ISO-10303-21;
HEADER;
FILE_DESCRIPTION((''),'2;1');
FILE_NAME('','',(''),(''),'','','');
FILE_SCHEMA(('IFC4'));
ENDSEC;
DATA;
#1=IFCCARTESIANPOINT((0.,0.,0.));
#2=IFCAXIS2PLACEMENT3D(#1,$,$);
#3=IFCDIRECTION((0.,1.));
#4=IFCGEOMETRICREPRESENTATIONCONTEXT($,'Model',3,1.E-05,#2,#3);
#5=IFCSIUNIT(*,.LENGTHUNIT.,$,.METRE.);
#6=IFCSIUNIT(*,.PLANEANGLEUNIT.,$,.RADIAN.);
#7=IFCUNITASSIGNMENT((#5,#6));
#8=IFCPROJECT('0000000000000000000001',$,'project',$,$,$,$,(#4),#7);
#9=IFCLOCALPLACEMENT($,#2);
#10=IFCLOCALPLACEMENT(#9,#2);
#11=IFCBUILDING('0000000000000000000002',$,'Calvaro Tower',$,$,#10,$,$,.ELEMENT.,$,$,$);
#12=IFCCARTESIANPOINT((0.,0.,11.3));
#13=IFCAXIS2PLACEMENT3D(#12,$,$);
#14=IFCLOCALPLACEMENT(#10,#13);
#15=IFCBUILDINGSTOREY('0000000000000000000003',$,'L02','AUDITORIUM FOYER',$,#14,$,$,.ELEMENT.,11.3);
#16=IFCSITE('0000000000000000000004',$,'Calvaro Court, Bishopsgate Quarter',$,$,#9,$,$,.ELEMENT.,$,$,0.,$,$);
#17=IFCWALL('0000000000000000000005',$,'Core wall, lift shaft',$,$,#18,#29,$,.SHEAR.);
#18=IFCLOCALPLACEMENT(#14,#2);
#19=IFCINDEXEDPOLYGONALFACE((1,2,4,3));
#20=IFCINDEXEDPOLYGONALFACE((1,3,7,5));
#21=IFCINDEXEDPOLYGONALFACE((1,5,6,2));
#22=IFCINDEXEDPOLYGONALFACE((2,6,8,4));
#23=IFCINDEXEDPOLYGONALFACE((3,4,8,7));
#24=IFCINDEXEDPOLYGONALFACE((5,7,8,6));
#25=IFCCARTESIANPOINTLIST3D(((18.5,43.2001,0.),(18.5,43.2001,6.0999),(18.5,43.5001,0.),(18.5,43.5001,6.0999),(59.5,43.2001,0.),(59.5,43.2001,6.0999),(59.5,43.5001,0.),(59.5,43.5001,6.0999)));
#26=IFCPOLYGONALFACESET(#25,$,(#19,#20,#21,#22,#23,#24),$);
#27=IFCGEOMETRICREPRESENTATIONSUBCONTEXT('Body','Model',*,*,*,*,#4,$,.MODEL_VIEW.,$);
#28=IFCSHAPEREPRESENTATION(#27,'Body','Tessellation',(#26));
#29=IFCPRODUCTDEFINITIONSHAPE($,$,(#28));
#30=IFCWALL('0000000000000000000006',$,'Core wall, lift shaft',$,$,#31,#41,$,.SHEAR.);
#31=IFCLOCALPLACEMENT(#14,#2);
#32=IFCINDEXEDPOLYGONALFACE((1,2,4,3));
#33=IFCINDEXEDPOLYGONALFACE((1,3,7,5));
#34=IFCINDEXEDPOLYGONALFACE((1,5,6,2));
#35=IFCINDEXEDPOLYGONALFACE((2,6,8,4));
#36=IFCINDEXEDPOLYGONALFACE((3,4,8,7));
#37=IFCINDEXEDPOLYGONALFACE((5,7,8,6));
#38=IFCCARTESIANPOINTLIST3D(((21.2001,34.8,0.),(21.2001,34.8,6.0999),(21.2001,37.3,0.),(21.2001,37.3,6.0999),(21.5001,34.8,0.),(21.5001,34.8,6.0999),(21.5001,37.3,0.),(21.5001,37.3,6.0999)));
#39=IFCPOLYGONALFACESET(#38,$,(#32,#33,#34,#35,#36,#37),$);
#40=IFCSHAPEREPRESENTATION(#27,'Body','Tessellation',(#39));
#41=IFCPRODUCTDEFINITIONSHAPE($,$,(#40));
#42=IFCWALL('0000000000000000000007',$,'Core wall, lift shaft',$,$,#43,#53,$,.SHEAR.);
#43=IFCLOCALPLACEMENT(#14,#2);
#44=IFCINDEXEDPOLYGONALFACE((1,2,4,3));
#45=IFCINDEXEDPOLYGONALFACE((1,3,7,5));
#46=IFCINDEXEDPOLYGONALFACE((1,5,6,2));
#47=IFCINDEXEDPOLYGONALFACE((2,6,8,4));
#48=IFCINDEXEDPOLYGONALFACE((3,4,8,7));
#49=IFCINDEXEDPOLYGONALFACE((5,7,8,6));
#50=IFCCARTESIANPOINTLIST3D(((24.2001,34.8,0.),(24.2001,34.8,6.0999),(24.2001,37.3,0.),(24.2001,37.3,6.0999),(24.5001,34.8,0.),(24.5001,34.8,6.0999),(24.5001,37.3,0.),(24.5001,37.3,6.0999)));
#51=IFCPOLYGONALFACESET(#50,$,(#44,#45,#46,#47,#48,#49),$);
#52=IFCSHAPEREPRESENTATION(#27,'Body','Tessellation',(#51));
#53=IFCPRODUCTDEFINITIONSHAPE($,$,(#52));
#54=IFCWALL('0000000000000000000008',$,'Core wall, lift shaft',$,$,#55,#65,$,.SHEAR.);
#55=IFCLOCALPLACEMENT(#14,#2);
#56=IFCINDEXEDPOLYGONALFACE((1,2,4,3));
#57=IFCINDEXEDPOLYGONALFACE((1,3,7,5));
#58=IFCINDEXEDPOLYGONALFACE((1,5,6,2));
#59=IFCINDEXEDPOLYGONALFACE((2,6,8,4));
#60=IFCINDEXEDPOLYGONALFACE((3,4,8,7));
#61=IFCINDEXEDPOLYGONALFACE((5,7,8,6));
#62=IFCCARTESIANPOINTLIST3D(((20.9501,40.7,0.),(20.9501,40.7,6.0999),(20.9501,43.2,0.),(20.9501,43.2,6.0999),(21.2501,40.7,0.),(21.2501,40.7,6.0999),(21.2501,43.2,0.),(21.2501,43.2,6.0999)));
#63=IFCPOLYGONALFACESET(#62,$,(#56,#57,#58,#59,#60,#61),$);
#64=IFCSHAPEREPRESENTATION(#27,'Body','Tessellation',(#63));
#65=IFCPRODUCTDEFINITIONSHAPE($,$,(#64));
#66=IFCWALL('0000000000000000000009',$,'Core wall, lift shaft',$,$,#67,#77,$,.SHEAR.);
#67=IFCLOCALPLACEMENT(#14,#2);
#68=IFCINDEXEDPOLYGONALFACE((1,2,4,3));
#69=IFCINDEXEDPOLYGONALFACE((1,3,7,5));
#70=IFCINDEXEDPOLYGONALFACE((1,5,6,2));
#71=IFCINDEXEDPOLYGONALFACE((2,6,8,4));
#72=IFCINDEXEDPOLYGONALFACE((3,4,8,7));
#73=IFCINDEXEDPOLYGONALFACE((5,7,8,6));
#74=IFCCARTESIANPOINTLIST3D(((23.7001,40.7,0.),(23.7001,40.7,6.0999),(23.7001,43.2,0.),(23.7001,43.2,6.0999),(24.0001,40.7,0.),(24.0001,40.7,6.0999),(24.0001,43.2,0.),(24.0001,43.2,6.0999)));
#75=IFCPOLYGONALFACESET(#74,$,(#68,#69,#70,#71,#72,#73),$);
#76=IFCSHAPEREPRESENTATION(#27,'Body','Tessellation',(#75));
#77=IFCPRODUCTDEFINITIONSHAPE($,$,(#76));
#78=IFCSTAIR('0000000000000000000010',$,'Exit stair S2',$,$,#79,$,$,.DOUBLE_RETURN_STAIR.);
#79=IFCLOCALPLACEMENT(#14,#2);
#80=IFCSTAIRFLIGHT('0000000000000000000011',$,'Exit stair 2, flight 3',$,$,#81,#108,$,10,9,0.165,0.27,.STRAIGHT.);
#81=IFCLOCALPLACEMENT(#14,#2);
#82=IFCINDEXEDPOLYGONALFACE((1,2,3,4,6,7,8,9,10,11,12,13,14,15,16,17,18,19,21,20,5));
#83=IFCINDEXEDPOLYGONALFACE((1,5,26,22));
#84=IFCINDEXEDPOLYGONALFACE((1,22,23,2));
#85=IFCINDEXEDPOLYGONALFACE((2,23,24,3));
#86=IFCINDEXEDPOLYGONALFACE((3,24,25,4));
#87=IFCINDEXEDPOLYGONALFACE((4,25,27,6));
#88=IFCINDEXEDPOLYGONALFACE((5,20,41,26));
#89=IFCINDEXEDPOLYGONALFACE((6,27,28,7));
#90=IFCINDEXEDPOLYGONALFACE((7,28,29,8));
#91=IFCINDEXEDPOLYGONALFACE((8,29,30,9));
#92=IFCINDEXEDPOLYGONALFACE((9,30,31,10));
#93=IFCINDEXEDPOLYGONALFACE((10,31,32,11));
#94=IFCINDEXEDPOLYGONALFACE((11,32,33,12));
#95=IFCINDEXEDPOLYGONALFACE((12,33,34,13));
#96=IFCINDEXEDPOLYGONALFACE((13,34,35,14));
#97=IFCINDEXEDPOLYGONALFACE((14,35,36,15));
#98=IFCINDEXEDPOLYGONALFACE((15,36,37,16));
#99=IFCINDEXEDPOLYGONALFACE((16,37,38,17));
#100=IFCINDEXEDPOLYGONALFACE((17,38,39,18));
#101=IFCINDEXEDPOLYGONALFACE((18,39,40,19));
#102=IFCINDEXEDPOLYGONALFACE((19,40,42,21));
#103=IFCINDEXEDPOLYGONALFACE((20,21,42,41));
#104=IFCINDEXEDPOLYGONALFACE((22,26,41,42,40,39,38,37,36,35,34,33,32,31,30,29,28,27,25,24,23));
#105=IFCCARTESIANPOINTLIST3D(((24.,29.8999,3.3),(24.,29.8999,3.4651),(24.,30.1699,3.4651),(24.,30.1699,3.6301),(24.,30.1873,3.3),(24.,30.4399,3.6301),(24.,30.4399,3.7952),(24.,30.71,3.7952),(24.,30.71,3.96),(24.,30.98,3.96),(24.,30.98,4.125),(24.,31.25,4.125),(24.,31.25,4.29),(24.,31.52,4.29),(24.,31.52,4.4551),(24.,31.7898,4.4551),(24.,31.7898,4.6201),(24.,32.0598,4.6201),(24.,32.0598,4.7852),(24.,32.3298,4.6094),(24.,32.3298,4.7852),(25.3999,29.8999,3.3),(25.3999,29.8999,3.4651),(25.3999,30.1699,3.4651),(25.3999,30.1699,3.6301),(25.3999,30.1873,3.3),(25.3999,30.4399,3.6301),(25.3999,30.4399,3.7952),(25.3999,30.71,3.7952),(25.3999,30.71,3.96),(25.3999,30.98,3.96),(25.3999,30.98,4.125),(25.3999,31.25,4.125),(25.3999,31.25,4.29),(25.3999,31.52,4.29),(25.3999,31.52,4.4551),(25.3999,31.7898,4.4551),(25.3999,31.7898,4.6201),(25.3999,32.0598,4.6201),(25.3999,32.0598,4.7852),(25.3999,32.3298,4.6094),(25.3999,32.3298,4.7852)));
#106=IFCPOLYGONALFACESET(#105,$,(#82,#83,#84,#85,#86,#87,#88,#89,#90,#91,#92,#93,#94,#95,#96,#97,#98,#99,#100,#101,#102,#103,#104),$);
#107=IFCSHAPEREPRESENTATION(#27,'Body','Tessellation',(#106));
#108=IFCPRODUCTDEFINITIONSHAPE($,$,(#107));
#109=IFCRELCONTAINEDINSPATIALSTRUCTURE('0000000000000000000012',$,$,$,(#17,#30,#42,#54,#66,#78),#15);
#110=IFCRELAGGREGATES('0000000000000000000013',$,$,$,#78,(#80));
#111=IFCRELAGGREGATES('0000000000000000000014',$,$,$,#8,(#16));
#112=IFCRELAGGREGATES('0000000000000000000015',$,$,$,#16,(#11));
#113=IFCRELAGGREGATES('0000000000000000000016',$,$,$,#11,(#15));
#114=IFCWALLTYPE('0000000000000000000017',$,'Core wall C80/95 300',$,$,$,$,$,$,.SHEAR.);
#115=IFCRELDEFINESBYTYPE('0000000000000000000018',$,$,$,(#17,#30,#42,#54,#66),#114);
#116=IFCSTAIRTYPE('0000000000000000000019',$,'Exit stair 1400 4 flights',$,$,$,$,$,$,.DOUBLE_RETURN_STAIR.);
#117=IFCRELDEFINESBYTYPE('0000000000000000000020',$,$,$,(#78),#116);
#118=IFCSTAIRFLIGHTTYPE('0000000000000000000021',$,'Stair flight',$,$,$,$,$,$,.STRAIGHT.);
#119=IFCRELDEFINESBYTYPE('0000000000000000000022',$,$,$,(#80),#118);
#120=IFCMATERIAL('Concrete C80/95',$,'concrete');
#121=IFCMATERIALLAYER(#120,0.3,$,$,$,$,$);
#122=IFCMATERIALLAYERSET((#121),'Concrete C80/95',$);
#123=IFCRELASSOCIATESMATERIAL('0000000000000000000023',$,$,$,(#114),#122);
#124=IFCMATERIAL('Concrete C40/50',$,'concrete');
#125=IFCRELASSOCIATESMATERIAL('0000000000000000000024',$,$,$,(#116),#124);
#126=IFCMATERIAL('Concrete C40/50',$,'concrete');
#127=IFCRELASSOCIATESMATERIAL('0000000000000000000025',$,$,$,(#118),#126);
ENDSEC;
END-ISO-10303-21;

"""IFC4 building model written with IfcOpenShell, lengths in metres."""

from ifc_helpers import new_model, si_unit, direction, frame, frame_2d, origin, place, context, subcontext, project, spatial, polyline, rectangle, outline, extrude, material, layer, layer_set, type_object, element, aggregate, save


model = new_model("IFC4")

# Units and contexts
model_context = context("Model", 3, precision=1e-05, world=origin(), true_north=direction((0.0, 1.0)))
body_context = subcontext(model_context, "Body", "Model", "MODEL_VIEW")
ifc_project = project(units=[si_unit("LENGTHUNIT", "METRE"), si_unit("PLANEANGLEUNIT", "RADIAN")], contexts=[model_context])

# Site, building, storey
site_placement = place(None, origin())
site = spatial("IfcSite", under=ifc_project, at=site_placement, Name="Calvaro Court, Bishopsgate Quarter", CompositionType="ELEMENT", RefElevation=0.0)
building_placement = place(site_placement, origin())
building = spatial("IfcBuilding", under=site, at=building_placement, Name="Calvaro Tower", CompositionType="ELEMENT")
storey_placement = place(building_placement, frame((0.0, 0.0, 11.3)))
storey = spatial("IfcBuildingStorey", under=building, at=storey_placement, Name="L02", Description="AUDITORIUM FOYER", CompositionType="ELEMENT", Elevation=11.3)

# Shared definitions
ifc_material_1 = material(Name="Concrete C80/95", Category="concrete")
ifc_layer_1 = layer(ifc_material_1, 0.3)
ifc_layer_set_1 = layer_set([ifc_layer_1], Name="Concrete C80/95")
wall_type_1 = type_object("IfcWallType", Name="Core wall C80/95 300", PredefinedType="SHEAR", material=ifc_layer_set_1)

# Walls
wall_1_placement = place(storey_placement, frame((18.5, 43.3501, 0.0), z_axis=(0.0, 0.0, 1.0), x_axis=(1.0, 0.0, 0.0)))
element("IfcWall", 1, at=wall_1_placement, inside=storey, type_object=wall_type_1, Name="Core wall, lift shaft", PredefinedType="SHEAR", context=body_context, shape_type="SweptSolid", body=[
    extrude(rectangle(XDim=41.0, YDim=0.3, at=frame_2d((20.5, 0.0))), origin(), (0.0, 0.0, 1.0), 6.0999),
])
for number, where, z_axis, x_axis, name in (
    (2, (21.3501, 34.8, 0.0), (0.0, 0.0, 1.0), (0.0, 1.0, 0.0), "Core wall, lift shaft"),
    (3, (24.3501, 34.8, 0.0), (0.0, 0.0, 1.0), (0.0, 1.0, 0.0), "Core wall, lift shaft"),
    (4, (21.1001, 40.7, 0.0), (0.0, 0.0, 1.0), (0.0, 1.0, 0.0), "Core wall, lift shaft"),
    (5, (23.8501, 40.7, 0.0), (0.0, 0.0, 1.0), (0.0, 1.0, 0.0), "Core wall, lift shaft"),
):
    element("IfcWall", number, at=place(storey_placement, frame(where, z_axis=z_axis, x_axis=x_axis)), inside=storey, type_object=wall_type_1, Name=name, PredefinedType="SHEAR", context=body_context, shape_type="SweptSolid", body=[
        extrude(rectangle(XDim=2.5, YDim=0.3, at=frame_2d((1.25, 0.0))), origin(), (0.0, 0.0, 1.0), 6.0999),
    ])

# Stair, stair flight
ifc_material_2 = material(Name="Concrete C40/50", Category="concrete")
stair_type = type_object("IfcStairType", Name="Exit stair 1400 4 flights", PredefinedType="DOUBLE_RETURN_STAIR", material=ifc_material_2)
stair_placement = place(storey_placement, origin())
stair = element("IfcStair", 6, at=stair_placement, inside=storey, type_object=stair_type, Name="Exit stair S2", PredefinedType="DOUBLE_RETURN_STAIR")
ifc_material_3 = material(Name="Concrete C40/50", Category="concrete")
stair_flight_type = type_object("IfcStairFlightType", Name="Stair flight", PredefinedType="STRAIGHT", material=ifc_material_3)
stair_flight_placement = place(storey_placement, frame((24.7, 29.8999, 3.3), z_axis=(0.0, 0.0, 1.0), x_axis=(0.0, 1.0, 0.0)))
stair_flight = element("IfcStairFlight", 7, at=stair_flight_placement, type_object=stair_flight_type, Name="Exit stair 2, flight 3", NumberOfRisers=10, NumberOfTreads=9, PredefinedType="STRAIGHT", RiserHeight=0.165, TreadLength=0.27, context=body_context, shape_type="SweptSolid", body=[
    extrude(outline(polyline([(0.0, 0.0), (0.0, 0.165), (0.27, 0.165), (0.27, 0.3301), (0.54, 0.3301), (0.54, 0.4951), (0.8101, 0.4951), (0.8101, 0.6599), (1.0801, 0.6599), (1.0801, 0.825), (1.3501, 0.825), (1.3501, 0.99), (1.6201, 0.99), (1.6201, 1.155), (1.8899, 1.155), (1.8899, 1.3201), (2.1599, 1.3201), (2.1599, 1.4851), (2.4299, 1.4851), (2.4299, 1.6499), (2.4299, 1.3093), (0.2874, 0.0), (0.0, 0.0)])), frame((0.0, 0.7, 0.0), z_axis=(0.0, -1.0, 0.0), x_axis=(1.0, 0.0, 0.0)), (0.0, 0.0, 1.0), 1.3999),
])
aggregate(stair, [stair_flight])

save(model, "model.ifc")
